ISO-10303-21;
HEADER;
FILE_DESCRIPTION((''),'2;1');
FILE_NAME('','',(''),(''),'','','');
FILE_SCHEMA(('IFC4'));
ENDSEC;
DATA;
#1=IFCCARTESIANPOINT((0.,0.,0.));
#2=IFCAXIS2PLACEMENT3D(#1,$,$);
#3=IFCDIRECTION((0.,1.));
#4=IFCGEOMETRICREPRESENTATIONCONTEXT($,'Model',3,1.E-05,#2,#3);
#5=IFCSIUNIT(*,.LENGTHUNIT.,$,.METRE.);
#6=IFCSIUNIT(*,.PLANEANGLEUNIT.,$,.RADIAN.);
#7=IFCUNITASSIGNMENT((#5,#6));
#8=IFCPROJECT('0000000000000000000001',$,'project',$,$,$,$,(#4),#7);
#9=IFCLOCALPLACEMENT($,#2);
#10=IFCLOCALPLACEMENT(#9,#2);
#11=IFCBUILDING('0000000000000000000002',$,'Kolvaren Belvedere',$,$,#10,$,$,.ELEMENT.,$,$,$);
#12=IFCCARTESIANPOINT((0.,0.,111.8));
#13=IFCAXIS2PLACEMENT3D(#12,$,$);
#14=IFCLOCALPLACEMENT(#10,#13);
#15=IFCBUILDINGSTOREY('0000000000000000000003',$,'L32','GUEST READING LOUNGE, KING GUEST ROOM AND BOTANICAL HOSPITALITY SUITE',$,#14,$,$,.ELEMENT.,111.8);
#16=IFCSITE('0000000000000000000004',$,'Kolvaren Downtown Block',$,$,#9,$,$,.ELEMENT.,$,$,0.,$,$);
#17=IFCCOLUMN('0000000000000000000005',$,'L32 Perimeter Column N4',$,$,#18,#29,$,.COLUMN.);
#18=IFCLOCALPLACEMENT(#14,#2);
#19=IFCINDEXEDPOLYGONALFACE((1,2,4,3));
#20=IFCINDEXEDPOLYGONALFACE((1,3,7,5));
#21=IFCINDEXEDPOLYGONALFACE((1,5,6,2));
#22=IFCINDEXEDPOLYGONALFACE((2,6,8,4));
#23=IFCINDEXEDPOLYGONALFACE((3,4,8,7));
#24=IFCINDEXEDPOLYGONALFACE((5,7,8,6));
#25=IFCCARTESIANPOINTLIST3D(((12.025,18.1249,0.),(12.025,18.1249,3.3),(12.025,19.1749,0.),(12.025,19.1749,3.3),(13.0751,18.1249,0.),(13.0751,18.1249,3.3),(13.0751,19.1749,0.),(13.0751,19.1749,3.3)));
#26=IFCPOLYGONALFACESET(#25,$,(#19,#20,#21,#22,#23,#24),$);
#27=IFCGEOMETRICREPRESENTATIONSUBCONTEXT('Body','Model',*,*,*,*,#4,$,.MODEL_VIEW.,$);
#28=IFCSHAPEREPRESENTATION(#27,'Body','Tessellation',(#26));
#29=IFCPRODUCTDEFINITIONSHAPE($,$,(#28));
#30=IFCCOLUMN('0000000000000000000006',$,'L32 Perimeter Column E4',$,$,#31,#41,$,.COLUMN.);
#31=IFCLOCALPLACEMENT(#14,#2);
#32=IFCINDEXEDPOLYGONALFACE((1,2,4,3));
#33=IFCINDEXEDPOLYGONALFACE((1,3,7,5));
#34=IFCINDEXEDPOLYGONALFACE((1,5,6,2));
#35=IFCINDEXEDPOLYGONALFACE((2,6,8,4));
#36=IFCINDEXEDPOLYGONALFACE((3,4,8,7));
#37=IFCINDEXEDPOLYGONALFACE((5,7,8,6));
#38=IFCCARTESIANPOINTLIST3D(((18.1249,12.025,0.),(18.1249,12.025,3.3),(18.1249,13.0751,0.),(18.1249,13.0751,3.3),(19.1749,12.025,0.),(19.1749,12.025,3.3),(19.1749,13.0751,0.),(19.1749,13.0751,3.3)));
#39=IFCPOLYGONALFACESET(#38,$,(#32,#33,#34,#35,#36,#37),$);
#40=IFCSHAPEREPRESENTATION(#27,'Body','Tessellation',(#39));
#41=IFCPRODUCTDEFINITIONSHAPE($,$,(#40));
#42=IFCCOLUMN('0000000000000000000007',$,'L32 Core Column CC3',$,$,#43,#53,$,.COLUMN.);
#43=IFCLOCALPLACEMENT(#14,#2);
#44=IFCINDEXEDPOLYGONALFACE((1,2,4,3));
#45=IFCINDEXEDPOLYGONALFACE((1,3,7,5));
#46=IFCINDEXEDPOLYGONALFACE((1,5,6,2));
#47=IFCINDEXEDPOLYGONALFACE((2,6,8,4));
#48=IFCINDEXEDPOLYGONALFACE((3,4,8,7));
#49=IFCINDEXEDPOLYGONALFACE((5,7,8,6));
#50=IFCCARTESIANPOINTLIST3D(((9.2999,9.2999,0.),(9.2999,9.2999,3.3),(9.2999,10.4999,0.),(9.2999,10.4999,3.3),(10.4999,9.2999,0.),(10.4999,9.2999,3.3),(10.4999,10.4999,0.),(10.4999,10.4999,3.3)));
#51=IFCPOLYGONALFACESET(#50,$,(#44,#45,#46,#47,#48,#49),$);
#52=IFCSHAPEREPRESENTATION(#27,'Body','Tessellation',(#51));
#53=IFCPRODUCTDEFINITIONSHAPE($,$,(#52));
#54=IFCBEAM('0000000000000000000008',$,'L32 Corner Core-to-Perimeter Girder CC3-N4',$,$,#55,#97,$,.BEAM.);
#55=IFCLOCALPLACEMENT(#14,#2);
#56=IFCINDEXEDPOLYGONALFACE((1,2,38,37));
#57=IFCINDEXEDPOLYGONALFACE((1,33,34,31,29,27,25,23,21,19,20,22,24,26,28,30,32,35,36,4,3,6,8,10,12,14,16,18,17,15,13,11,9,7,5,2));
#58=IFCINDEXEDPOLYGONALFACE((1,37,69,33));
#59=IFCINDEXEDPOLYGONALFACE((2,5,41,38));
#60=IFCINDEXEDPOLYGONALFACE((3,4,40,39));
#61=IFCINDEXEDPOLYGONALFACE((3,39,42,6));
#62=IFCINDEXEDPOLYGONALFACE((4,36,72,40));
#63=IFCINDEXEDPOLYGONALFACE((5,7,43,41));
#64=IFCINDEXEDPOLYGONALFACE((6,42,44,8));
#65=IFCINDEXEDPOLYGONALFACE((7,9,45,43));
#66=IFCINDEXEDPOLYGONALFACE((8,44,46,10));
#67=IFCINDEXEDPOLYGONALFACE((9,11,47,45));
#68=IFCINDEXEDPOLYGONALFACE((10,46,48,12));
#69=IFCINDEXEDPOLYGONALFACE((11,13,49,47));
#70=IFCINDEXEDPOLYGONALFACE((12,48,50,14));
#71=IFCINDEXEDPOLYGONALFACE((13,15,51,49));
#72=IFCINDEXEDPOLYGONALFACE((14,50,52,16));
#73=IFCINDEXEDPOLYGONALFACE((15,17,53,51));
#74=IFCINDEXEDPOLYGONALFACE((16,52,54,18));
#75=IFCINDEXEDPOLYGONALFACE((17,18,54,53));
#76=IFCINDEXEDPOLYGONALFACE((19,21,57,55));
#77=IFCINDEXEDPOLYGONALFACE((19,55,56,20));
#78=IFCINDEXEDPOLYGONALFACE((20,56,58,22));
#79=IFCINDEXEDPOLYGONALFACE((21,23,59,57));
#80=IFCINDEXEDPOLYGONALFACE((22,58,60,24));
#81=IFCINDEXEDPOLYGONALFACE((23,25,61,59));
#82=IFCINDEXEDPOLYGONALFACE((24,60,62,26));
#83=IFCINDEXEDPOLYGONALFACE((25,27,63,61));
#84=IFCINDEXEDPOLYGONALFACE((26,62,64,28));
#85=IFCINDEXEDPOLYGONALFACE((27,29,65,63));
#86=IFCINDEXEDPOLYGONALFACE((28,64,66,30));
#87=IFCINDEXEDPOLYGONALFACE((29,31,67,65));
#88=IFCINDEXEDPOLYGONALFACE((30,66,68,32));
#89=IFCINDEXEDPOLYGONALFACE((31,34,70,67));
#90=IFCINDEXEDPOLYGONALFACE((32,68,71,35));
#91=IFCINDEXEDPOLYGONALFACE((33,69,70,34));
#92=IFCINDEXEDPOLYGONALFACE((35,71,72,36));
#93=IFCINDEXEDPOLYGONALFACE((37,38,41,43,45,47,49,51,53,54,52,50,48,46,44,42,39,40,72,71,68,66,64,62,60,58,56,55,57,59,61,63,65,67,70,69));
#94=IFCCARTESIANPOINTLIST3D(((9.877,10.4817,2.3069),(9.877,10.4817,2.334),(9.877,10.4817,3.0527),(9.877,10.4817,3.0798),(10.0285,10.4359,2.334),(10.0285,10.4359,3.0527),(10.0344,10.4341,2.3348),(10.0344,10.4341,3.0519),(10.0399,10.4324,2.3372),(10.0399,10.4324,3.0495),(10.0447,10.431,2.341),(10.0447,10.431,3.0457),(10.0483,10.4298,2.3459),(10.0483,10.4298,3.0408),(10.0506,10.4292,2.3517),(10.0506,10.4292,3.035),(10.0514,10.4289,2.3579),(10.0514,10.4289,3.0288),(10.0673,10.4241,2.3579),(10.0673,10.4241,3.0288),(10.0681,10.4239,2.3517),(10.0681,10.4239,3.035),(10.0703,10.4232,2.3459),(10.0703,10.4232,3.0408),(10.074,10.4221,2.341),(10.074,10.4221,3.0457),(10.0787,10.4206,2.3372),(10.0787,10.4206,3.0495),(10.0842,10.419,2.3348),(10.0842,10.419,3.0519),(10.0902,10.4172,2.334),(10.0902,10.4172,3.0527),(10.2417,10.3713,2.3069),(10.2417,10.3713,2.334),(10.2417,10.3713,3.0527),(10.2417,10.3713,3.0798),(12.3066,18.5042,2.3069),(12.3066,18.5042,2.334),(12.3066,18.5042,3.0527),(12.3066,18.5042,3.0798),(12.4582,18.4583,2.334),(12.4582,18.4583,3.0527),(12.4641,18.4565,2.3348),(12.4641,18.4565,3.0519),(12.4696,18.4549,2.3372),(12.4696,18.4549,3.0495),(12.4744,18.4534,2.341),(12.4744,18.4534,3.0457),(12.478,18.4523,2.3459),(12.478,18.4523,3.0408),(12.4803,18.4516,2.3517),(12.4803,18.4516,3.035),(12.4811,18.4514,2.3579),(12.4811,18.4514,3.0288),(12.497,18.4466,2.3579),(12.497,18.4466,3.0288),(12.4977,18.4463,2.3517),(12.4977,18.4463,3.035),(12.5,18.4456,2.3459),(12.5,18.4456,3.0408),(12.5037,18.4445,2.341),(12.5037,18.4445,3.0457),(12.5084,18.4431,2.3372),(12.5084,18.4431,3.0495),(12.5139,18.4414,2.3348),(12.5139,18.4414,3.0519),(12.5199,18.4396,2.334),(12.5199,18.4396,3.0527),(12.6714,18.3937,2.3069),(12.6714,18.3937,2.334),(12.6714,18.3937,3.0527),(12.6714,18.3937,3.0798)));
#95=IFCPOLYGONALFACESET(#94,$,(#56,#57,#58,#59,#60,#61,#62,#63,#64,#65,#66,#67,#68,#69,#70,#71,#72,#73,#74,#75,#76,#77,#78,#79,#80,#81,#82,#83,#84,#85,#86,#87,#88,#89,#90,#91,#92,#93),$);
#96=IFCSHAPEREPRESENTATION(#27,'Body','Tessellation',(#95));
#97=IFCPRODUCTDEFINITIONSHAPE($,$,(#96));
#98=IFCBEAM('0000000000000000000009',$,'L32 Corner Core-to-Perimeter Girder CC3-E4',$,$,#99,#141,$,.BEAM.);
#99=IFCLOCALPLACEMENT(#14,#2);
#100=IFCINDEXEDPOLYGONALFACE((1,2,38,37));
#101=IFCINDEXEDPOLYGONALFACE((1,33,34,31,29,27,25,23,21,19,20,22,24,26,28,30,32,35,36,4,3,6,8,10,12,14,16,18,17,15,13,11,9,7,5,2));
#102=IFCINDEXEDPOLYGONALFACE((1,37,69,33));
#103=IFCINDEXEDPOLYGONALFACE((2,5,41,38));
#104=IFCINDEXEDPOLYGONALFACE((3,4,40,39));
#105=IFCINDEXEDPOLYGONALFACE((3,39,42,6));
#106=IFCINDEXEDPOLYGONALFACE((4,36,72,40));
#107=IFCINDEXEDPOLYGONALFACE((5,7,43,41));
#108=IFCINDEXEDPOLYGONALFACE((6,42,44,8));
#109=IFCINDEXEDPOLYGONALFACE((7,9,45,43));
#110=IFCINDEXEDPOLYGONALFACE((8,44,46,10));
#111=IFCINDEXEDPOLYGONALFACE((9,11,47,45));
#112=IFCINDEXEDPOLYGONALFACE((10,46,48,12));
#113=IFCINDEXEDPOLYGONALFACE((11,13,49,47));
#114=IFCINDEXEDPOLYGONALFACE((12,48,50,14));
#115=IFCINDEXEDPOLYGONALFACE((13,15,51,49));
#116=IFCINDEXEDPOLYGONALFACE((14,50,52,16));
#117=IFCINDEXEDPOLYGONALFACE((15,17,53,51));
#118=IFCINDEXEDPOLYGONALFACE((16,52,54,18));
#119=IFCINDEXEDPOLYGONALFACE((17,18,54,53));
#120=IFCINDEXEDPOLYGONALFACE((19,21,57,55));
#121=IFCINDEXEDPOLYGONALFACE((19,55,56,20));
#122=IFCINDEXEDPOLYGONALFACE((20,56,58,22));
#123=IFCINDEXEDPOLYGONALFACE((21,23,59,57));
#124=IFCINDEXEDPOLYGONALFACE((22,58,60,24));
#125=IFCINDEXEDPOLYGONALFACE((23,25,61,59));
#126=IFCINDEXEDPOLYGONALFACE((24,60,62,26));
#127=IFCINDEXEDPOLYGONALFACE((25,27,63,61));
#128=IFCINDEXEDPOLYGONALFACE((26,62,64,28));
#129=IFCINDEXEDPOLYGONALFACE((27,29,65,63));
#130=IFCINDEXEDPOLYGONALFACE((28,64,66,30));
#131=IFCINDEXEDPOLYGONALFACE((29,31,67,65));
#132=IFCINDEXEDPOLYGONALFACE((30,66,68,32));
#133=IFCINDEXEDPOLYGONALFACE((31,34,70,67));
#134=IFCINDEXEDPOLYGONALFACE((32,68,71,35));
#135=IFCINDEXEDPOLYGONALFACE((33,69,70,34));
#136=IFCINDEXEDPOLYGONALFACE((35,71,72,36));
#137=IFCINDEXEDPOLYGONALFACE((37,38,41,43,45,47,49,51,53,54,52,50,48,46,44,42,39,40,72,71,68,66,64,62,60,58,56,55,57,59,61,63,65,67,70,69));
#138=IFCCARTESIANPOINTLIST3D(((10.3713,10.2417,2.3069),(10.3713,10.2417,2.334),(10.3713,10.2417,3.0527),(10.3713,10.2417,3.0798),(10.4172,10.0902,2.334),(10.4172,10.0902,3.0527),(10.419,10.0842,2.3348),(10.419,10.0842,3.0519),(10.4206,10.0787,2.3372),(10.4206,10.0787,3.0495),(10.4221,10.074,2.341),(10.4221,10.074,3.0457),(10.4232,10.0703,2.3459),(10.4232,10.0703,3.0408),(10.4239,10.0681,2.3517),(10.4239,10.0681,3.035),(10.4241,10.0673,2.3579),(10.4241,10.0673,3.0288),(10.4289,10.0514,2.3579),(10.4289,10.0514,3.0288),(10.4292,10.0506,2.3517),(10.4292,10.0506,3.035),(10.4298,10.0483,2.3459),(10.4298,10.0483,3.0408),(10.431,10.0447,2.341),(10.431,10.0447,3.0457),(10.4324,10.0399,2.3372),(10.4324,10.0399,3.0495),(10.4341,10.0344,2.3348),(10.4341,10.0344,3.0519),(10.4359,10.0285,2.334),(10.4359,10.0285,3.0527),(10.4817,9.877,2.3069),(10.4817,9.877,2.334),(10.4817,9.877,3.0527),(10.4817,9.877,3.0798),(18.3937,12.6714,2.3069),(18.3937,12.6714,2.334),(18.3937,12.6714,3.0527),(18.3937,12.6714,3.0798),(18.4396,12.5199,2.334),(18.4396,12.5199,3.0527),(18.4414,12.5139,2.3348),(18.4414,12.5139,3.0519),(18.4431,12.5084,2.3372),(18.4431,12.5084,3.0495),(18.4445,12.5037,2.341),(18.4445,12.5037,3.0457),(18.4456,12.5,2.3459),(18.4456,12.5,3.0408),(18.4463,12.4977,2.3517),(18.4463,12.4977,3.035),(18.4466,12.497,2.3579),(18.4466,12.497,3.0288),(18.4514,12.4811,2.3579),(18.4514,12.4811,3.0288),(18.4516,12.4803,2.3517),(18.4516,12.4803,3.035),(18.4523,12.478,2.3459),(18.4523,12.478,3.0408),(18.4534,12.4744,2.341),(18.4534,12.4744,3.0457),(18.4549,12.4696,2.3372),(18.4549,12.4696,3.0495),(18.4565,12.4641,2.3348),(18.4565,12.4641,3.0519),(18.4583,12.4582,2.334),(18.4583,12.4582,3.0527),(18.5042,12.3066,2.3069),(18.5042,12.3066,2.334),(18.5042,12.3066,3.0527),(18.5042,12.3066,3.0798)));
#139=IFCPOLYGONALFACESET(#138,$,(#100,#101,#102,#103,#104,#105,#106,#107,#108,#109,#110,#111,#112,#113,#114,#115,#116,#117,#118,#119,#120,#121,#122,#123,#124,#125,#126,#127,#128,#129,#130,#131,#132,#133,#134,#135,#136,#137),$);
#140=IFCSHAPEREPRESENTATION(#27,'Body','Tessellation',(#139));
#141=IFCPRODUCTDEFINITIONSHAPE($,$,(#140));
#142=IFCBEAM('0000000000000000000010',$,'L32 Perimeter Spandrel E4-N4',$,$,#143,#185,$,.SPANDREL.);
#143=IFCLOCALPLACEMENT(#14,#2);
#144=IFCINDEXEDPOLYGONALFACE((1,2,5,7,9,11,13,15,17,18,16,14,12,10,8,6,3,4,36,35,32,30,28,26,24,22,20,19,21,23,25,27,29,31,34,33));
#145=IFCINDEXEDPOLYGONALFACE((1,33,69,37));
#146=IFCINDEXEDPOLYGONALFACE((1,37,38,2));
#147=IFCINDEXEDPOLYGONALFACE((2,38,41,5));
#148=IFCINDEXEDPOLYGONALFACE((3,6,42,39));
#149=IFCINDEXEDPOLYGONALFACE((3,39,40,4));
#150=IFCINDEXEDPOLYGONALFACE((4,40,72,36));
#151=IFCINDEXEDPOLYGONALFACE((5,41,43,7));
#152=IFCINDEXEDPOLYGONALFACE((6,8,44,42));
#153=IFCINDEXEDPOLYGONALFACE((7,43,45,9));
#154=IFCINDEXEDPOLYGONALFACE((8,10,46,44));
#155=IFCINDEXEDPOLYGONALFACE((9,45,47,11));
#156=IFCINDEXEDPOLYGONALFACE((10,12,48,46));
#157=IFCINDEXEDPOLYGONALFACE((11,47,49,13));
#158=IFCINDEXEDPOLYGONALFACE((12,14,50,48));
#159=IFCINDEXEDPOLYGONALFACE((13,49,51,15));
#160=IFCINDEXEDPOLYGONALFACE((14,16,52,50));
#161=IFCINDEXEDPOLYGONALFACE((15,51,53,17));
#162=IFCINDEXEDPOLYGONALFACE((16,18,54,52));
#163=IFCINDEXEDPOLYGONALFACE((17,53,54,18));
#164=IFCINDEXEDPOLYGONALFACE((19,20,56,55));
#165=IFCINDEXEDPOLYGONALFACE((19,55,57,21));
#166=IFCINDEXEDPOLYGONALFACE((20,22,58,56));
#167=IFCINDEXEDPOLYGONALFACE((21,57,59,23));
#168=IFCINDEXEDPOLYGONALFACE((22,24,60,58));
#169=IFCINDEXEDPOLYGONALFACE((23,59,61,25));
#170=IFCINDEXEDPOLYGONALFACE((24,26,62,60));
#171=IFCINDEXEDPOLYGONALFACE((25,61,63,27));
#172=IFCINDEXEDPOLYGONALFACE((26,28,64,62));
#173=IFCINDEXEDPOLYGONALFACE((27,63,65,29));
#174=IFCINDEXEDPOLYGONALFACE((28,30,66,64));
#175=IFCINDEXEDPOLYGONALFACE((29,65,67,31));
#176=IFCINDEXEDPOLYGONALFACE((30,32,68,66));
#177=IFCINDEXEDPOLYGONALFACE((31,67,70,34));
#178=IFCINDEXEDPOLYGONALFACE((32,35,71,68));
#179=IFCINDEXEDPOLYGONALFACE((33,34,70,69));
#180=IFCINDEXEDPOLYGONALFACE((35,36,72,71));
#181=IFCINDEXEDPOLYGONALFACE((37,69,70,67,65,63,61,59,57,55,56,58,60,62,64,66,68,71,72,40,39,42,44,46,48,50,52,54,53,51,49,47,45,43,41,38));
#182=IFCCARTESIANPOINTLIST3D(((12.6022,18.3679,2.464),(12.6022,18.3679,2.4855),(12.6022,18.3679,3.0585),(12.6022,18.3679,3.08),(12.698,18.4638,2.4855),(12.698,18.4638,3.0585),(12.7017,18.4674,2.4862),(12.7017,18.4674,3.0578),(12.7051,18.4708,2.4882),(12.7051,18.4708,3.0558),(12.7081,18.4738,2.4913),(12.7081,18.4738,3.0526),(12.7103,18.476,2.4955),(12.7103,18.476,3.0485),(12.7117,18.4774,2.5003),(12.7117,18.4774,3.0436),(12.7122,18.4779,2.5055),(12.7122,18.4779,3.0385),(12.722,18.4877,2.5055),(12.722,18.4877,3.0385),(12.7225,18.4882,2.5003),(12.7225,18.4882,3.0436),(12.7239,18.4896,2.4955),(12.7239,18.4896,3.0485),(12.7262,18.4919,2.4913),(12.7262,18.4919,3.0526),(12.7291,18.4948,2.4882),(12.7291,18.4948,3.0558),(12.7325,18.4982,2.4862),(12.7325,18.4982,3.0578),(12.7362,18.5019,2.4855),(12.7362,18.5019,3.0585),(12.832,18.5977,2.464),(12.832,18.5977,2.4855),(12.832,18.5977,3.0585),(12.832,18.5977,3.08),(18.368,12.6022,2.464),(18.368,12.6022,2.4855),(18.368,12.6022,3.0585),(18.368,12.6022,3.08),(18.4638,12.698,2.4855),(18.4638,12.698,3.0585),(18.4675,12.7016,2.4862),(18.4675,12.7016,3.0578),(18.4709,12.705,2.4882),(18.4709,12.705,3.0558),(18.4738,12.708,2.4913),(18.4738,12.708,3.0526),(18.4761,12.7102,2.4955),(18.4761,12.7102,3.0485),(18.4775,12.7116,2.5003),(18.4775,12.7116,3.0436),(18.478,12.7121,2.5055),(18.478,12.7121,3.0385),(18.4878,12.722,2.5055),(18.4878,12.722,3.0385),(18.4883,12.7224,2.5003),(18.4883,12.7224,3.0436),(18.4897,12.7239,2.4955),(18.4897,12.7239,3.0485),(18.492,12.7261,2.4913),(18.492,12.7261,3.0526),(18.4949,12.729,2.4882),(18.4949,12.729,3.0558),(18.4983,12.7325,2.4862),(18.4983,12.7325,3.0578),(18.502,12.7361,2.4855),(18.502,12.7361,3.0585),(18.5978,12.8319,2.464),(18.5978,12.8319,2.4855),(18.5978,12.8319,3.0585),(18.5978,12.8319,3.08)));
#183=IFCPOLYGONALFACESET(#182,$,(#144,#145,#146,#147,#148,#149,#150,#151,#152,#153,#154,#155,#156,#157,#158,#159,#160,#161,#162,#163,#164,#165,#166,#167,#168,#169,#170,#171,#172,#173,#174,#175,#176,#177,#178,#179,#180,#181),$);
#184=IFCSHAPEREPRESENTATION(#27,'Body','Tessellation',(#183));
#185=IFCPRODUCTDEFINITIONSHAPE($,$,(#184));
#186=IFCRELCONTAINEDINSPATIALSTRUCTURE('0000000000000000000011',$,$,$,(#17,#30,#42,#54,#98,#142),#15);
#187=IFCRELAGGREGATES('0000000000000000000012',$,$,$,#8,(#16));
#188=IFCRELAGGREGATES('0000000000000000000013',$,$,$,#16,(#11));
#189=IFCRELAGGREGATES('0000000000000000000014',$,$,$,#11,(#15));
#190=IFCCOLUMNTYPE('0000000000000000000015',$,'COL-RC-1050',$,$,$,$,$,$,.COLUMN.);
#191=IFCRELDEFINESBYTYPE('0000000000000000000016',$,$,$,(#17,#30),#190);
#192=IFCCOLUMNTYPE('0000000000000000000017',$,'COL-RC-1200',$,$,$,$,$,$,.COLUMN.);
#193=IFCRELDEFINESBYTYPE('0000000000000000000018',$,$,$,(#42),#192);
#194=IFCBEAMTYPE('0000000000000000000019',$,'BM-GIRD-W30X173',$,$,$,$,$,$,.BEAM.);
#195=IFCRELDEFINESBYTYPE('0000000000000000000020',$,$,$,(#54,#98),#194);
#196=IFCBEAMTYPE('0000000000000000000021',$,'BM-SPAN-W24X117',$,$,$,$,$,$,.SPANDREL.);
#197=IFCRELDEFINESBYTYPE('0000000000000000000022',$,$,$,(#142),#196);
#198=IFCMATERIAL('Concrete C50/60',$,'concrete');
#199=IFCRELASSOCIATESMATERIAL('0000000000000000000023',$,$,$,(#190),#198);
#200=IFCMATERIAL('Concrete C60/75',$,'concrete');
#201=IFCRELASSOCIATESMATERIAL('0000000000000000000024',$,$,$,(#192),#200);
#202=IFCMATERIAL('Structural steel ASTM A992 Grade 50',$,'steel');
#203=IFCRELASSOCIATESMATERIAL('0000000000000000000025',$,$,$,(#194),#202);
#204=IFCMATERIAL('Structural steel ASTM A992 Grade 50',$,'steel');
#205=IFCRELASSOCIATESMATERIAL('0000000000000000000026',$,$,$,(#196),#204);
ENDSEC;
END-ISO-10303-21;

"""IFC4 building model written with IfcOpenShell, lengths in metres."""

from ifc_helpers import new_model, si_unit, direction, frame, origin, origin_2d, place, context, subcontext, project, spatial, rectangle, i_section, extrude, material, material_profile, profile_set, type_object, element, save


model = new_model("IFC4")

# Units and contexts
model_context = context("Model", 3, precision=1e-05, world=origin(), true_north=direction((0.0, 1.0)))
body_context = subcontext(model_context, "Body", "Model", "MODEL_VIEW")
ifc_project = project(units=[si_unit("LENGTHUNIT", "METRE"), si_unit("PLANEANGLEUNIT", "RADIAN")], contexts=[model_context])

# Site, building, storey
site_placement = place(None, origin())
site = spatial("IfcSite", under=ifc_project, at=site_placement, Name="Kolvaren Downtown Block", CompositionType="ELEMENT", RefElevation=0.0)
building_placement = place(site_placement, origin())
building = spatial("IfcBuilding", under=site, at=building_placement, Name="Kolvaren Belvedere", CompositionType="ELEMENT")
storey_placement = place(building_placement, frame((0.0, 0.0, 111.8)))
storey = spatial("IfcBuildingStorey", under=building, at=storey_placement, Name="L32", Description="GUEST READING LOUNGE, KING GUEST ROOM AND BOTANICAL HOSPITALITY SUITE", CompositionType="ELEMENT", Elevation=111.8)

# Columns
ifc_material_1 = material(Name="Concrete C50/60", Category="concrete")
ifc_material_profile_1 = material_profile(ifc_material_1, rectangle(XDim=1.05, YDim=1.05, at=origin_2d()), Name="RC 1050X1050")
ifc_profile_set_1 = profile_set([ifc_material_profile_1], Name="Concrete C50/60")
column_type_1 = type_object("IfcColumnType", Name="COL-RC-1050", PredefinedType="COLUMN", material=ifc_profile_set_1)
for number, where, z_axis, x_axis, name in (
    (1, (12.55, 18.6499, 0.0), (0.0, 0.0, 1.0), (1.0, 0.0, 0.0), "L32 Perimeter Column N4"),
    (2, (18.6499, 12.55, 0.0), (0.0, 0.0, 1.0), (1.0, 0.0, 0.0), "L32 Perimeter Column E4"),
):
    element("IfcColumn", number, at=place(storey_placement, frame(where, z_axis=z_axis, x_axis=x_axis)), inside=storey, type_object=column_type_1, Name=name, PredefinedType="COLUMN", context=body_context, shape_type="SweptSolid", body=[
        extrude(rectangle(XDim=1.05, YDim=1.05, at=origin_2d()), origin(), (0.0, 0.0, 1.0), 3.3),
    ])
ifc_material_2 = material(Name="Concrete C60/75", Category="concrete")
ifc_material_profile_2 = material_profile(ifc_material_2, rectangle(XDim=1.2, YDim=1.2, at=origin_2d()), Name="RC 1200X1200")
ifc_profile_set_2 = profile_set([ifc_material_profile_2], Name="Concrete C60/75")
column_type_2 = type_object("IfcColumnType", Name="COL-RC-1200", PredefinedType="COLUMN", material=ifc_profile_set_2)
column_placement = place(storey_placement, frame((9.8999, 9.8999, 0.0), z_axis=(0.0, 0.0, 1.0), x_axis=(1.0, 0.0, 0.0)))
element("IfcColumn", 3, at=column_placement, inside=storey, type_object=column_type_2, Name="L32 Core Column CC3", PredefinedType="COLUMN", context=body_context, shape_type="SweptSolid", body=[
    extrude(rectangle(XDim=1.2, YDim=1.2, at=origin_2d()), origin(), (0.0, 0.0, 1.0), 3.3),
])

# Beams
ifc_material_3 = material(Name="Structural steel ASTM A992 Grade 50", Category="steel")
ifc_material_profile_3 = material_profile(ifc_material_3, i_section(OverallWidth=0.3811, OverallDepth=0.7729, WebThickness=0.0166, FlangeThickness=0.0271, FilletRadius=0.0239, at=origin_2d()), Name="W30X173")
ifc_profile_set_3 = profile_set([ifc_material_profile_3], Name="Structural steel ASTM A992 Grade 50")
beam_type_1 = type_object("IfcBeamType", Name="BM-GIRD-W30X173", PredefinedType="BEAM", material=ifc_profile_set_3)
for number, where, z_axis, x_axis, name in (
    (4, (10.0593, 10.4265, 2.6934), (0.289859, 0.957069, 0.0), (-0.957069, 0.289859, 0.0), "L32 Corner Core-to-Perimeter Girder CC3-N4"),
    (5, (10.4265, 10.0593, 2.6934), (0.957069, 0.289859, 0.0), (-0.289859, 0.957069, 0.0), "L32 Corner Core-to-Perimeter Girder CC3-E4"),
):
    element("IfcBeam", number, at=place(storey_placement, frame(where, z_axis=z_axis, x_axis=x_axis)), inside=storey, type_object=beam_type_1, Name=name, PredefinedType="BEAM", context=body_context, shape_type="SweptSolid", body=[
        extrude(i_section(OverallWidth=0.3811, OverallDepth=0.7729, WebThickness=0.0166, FlangeThickness=0.0271, FilletRadius=0.0239, at=origin_2d()), origin(), (0.0, 0.0, 1.0), 8.3823),
    ])
ifc_material_4 = material(Name="Structural steel ASTM A992 Grade 50", Category="steel")
ifc_material_profile_4 = material_profile(ifc_material_4, i_section(OverallWidth=0.325, OverallDepth=0.616, WebThickness=0.0139, FlangeThickness=0.0215, FilletRadius=0.02, at=origin_2d()), Name="W24X117")
ifc_profile_set_4 = profile_set([ifc_material_profile_4], Name="Structural steel ASTM A992 Grade 50")
beam_type_2 = type_object("IfcBeamType", Name="BM-SPAN-W24X117", PredefinedType="SPANDREL", material=ifc_profile_set_4)
beam_1_placement = place(storey_placement, frame((18.4829, 12.717, 2.772), z_axis=(-0.707107, 0.707107, 0.0), x_axis=(-0.707107, -0.707107, 0.0)))
element("IfcBeam", 6, at=beam_1_placement, inside=storey, type_object=beam_type_2, Name="L32 Perimeter Spandrel E4-N4", PredefinedType="SPANDREL", context=body_context, shape_type="SweptSolid", body=[
    extrude(i_section(OverallWidth=0.325, OverallDepth=0.616, WebThickness=0.0139, FlangeThickness=0.0215, FilletRadius=0.02, at=origin_2d()), origin(), (0.0, 0.0, 1.0), 8.1541),
])

save(model, "model.ifc")
